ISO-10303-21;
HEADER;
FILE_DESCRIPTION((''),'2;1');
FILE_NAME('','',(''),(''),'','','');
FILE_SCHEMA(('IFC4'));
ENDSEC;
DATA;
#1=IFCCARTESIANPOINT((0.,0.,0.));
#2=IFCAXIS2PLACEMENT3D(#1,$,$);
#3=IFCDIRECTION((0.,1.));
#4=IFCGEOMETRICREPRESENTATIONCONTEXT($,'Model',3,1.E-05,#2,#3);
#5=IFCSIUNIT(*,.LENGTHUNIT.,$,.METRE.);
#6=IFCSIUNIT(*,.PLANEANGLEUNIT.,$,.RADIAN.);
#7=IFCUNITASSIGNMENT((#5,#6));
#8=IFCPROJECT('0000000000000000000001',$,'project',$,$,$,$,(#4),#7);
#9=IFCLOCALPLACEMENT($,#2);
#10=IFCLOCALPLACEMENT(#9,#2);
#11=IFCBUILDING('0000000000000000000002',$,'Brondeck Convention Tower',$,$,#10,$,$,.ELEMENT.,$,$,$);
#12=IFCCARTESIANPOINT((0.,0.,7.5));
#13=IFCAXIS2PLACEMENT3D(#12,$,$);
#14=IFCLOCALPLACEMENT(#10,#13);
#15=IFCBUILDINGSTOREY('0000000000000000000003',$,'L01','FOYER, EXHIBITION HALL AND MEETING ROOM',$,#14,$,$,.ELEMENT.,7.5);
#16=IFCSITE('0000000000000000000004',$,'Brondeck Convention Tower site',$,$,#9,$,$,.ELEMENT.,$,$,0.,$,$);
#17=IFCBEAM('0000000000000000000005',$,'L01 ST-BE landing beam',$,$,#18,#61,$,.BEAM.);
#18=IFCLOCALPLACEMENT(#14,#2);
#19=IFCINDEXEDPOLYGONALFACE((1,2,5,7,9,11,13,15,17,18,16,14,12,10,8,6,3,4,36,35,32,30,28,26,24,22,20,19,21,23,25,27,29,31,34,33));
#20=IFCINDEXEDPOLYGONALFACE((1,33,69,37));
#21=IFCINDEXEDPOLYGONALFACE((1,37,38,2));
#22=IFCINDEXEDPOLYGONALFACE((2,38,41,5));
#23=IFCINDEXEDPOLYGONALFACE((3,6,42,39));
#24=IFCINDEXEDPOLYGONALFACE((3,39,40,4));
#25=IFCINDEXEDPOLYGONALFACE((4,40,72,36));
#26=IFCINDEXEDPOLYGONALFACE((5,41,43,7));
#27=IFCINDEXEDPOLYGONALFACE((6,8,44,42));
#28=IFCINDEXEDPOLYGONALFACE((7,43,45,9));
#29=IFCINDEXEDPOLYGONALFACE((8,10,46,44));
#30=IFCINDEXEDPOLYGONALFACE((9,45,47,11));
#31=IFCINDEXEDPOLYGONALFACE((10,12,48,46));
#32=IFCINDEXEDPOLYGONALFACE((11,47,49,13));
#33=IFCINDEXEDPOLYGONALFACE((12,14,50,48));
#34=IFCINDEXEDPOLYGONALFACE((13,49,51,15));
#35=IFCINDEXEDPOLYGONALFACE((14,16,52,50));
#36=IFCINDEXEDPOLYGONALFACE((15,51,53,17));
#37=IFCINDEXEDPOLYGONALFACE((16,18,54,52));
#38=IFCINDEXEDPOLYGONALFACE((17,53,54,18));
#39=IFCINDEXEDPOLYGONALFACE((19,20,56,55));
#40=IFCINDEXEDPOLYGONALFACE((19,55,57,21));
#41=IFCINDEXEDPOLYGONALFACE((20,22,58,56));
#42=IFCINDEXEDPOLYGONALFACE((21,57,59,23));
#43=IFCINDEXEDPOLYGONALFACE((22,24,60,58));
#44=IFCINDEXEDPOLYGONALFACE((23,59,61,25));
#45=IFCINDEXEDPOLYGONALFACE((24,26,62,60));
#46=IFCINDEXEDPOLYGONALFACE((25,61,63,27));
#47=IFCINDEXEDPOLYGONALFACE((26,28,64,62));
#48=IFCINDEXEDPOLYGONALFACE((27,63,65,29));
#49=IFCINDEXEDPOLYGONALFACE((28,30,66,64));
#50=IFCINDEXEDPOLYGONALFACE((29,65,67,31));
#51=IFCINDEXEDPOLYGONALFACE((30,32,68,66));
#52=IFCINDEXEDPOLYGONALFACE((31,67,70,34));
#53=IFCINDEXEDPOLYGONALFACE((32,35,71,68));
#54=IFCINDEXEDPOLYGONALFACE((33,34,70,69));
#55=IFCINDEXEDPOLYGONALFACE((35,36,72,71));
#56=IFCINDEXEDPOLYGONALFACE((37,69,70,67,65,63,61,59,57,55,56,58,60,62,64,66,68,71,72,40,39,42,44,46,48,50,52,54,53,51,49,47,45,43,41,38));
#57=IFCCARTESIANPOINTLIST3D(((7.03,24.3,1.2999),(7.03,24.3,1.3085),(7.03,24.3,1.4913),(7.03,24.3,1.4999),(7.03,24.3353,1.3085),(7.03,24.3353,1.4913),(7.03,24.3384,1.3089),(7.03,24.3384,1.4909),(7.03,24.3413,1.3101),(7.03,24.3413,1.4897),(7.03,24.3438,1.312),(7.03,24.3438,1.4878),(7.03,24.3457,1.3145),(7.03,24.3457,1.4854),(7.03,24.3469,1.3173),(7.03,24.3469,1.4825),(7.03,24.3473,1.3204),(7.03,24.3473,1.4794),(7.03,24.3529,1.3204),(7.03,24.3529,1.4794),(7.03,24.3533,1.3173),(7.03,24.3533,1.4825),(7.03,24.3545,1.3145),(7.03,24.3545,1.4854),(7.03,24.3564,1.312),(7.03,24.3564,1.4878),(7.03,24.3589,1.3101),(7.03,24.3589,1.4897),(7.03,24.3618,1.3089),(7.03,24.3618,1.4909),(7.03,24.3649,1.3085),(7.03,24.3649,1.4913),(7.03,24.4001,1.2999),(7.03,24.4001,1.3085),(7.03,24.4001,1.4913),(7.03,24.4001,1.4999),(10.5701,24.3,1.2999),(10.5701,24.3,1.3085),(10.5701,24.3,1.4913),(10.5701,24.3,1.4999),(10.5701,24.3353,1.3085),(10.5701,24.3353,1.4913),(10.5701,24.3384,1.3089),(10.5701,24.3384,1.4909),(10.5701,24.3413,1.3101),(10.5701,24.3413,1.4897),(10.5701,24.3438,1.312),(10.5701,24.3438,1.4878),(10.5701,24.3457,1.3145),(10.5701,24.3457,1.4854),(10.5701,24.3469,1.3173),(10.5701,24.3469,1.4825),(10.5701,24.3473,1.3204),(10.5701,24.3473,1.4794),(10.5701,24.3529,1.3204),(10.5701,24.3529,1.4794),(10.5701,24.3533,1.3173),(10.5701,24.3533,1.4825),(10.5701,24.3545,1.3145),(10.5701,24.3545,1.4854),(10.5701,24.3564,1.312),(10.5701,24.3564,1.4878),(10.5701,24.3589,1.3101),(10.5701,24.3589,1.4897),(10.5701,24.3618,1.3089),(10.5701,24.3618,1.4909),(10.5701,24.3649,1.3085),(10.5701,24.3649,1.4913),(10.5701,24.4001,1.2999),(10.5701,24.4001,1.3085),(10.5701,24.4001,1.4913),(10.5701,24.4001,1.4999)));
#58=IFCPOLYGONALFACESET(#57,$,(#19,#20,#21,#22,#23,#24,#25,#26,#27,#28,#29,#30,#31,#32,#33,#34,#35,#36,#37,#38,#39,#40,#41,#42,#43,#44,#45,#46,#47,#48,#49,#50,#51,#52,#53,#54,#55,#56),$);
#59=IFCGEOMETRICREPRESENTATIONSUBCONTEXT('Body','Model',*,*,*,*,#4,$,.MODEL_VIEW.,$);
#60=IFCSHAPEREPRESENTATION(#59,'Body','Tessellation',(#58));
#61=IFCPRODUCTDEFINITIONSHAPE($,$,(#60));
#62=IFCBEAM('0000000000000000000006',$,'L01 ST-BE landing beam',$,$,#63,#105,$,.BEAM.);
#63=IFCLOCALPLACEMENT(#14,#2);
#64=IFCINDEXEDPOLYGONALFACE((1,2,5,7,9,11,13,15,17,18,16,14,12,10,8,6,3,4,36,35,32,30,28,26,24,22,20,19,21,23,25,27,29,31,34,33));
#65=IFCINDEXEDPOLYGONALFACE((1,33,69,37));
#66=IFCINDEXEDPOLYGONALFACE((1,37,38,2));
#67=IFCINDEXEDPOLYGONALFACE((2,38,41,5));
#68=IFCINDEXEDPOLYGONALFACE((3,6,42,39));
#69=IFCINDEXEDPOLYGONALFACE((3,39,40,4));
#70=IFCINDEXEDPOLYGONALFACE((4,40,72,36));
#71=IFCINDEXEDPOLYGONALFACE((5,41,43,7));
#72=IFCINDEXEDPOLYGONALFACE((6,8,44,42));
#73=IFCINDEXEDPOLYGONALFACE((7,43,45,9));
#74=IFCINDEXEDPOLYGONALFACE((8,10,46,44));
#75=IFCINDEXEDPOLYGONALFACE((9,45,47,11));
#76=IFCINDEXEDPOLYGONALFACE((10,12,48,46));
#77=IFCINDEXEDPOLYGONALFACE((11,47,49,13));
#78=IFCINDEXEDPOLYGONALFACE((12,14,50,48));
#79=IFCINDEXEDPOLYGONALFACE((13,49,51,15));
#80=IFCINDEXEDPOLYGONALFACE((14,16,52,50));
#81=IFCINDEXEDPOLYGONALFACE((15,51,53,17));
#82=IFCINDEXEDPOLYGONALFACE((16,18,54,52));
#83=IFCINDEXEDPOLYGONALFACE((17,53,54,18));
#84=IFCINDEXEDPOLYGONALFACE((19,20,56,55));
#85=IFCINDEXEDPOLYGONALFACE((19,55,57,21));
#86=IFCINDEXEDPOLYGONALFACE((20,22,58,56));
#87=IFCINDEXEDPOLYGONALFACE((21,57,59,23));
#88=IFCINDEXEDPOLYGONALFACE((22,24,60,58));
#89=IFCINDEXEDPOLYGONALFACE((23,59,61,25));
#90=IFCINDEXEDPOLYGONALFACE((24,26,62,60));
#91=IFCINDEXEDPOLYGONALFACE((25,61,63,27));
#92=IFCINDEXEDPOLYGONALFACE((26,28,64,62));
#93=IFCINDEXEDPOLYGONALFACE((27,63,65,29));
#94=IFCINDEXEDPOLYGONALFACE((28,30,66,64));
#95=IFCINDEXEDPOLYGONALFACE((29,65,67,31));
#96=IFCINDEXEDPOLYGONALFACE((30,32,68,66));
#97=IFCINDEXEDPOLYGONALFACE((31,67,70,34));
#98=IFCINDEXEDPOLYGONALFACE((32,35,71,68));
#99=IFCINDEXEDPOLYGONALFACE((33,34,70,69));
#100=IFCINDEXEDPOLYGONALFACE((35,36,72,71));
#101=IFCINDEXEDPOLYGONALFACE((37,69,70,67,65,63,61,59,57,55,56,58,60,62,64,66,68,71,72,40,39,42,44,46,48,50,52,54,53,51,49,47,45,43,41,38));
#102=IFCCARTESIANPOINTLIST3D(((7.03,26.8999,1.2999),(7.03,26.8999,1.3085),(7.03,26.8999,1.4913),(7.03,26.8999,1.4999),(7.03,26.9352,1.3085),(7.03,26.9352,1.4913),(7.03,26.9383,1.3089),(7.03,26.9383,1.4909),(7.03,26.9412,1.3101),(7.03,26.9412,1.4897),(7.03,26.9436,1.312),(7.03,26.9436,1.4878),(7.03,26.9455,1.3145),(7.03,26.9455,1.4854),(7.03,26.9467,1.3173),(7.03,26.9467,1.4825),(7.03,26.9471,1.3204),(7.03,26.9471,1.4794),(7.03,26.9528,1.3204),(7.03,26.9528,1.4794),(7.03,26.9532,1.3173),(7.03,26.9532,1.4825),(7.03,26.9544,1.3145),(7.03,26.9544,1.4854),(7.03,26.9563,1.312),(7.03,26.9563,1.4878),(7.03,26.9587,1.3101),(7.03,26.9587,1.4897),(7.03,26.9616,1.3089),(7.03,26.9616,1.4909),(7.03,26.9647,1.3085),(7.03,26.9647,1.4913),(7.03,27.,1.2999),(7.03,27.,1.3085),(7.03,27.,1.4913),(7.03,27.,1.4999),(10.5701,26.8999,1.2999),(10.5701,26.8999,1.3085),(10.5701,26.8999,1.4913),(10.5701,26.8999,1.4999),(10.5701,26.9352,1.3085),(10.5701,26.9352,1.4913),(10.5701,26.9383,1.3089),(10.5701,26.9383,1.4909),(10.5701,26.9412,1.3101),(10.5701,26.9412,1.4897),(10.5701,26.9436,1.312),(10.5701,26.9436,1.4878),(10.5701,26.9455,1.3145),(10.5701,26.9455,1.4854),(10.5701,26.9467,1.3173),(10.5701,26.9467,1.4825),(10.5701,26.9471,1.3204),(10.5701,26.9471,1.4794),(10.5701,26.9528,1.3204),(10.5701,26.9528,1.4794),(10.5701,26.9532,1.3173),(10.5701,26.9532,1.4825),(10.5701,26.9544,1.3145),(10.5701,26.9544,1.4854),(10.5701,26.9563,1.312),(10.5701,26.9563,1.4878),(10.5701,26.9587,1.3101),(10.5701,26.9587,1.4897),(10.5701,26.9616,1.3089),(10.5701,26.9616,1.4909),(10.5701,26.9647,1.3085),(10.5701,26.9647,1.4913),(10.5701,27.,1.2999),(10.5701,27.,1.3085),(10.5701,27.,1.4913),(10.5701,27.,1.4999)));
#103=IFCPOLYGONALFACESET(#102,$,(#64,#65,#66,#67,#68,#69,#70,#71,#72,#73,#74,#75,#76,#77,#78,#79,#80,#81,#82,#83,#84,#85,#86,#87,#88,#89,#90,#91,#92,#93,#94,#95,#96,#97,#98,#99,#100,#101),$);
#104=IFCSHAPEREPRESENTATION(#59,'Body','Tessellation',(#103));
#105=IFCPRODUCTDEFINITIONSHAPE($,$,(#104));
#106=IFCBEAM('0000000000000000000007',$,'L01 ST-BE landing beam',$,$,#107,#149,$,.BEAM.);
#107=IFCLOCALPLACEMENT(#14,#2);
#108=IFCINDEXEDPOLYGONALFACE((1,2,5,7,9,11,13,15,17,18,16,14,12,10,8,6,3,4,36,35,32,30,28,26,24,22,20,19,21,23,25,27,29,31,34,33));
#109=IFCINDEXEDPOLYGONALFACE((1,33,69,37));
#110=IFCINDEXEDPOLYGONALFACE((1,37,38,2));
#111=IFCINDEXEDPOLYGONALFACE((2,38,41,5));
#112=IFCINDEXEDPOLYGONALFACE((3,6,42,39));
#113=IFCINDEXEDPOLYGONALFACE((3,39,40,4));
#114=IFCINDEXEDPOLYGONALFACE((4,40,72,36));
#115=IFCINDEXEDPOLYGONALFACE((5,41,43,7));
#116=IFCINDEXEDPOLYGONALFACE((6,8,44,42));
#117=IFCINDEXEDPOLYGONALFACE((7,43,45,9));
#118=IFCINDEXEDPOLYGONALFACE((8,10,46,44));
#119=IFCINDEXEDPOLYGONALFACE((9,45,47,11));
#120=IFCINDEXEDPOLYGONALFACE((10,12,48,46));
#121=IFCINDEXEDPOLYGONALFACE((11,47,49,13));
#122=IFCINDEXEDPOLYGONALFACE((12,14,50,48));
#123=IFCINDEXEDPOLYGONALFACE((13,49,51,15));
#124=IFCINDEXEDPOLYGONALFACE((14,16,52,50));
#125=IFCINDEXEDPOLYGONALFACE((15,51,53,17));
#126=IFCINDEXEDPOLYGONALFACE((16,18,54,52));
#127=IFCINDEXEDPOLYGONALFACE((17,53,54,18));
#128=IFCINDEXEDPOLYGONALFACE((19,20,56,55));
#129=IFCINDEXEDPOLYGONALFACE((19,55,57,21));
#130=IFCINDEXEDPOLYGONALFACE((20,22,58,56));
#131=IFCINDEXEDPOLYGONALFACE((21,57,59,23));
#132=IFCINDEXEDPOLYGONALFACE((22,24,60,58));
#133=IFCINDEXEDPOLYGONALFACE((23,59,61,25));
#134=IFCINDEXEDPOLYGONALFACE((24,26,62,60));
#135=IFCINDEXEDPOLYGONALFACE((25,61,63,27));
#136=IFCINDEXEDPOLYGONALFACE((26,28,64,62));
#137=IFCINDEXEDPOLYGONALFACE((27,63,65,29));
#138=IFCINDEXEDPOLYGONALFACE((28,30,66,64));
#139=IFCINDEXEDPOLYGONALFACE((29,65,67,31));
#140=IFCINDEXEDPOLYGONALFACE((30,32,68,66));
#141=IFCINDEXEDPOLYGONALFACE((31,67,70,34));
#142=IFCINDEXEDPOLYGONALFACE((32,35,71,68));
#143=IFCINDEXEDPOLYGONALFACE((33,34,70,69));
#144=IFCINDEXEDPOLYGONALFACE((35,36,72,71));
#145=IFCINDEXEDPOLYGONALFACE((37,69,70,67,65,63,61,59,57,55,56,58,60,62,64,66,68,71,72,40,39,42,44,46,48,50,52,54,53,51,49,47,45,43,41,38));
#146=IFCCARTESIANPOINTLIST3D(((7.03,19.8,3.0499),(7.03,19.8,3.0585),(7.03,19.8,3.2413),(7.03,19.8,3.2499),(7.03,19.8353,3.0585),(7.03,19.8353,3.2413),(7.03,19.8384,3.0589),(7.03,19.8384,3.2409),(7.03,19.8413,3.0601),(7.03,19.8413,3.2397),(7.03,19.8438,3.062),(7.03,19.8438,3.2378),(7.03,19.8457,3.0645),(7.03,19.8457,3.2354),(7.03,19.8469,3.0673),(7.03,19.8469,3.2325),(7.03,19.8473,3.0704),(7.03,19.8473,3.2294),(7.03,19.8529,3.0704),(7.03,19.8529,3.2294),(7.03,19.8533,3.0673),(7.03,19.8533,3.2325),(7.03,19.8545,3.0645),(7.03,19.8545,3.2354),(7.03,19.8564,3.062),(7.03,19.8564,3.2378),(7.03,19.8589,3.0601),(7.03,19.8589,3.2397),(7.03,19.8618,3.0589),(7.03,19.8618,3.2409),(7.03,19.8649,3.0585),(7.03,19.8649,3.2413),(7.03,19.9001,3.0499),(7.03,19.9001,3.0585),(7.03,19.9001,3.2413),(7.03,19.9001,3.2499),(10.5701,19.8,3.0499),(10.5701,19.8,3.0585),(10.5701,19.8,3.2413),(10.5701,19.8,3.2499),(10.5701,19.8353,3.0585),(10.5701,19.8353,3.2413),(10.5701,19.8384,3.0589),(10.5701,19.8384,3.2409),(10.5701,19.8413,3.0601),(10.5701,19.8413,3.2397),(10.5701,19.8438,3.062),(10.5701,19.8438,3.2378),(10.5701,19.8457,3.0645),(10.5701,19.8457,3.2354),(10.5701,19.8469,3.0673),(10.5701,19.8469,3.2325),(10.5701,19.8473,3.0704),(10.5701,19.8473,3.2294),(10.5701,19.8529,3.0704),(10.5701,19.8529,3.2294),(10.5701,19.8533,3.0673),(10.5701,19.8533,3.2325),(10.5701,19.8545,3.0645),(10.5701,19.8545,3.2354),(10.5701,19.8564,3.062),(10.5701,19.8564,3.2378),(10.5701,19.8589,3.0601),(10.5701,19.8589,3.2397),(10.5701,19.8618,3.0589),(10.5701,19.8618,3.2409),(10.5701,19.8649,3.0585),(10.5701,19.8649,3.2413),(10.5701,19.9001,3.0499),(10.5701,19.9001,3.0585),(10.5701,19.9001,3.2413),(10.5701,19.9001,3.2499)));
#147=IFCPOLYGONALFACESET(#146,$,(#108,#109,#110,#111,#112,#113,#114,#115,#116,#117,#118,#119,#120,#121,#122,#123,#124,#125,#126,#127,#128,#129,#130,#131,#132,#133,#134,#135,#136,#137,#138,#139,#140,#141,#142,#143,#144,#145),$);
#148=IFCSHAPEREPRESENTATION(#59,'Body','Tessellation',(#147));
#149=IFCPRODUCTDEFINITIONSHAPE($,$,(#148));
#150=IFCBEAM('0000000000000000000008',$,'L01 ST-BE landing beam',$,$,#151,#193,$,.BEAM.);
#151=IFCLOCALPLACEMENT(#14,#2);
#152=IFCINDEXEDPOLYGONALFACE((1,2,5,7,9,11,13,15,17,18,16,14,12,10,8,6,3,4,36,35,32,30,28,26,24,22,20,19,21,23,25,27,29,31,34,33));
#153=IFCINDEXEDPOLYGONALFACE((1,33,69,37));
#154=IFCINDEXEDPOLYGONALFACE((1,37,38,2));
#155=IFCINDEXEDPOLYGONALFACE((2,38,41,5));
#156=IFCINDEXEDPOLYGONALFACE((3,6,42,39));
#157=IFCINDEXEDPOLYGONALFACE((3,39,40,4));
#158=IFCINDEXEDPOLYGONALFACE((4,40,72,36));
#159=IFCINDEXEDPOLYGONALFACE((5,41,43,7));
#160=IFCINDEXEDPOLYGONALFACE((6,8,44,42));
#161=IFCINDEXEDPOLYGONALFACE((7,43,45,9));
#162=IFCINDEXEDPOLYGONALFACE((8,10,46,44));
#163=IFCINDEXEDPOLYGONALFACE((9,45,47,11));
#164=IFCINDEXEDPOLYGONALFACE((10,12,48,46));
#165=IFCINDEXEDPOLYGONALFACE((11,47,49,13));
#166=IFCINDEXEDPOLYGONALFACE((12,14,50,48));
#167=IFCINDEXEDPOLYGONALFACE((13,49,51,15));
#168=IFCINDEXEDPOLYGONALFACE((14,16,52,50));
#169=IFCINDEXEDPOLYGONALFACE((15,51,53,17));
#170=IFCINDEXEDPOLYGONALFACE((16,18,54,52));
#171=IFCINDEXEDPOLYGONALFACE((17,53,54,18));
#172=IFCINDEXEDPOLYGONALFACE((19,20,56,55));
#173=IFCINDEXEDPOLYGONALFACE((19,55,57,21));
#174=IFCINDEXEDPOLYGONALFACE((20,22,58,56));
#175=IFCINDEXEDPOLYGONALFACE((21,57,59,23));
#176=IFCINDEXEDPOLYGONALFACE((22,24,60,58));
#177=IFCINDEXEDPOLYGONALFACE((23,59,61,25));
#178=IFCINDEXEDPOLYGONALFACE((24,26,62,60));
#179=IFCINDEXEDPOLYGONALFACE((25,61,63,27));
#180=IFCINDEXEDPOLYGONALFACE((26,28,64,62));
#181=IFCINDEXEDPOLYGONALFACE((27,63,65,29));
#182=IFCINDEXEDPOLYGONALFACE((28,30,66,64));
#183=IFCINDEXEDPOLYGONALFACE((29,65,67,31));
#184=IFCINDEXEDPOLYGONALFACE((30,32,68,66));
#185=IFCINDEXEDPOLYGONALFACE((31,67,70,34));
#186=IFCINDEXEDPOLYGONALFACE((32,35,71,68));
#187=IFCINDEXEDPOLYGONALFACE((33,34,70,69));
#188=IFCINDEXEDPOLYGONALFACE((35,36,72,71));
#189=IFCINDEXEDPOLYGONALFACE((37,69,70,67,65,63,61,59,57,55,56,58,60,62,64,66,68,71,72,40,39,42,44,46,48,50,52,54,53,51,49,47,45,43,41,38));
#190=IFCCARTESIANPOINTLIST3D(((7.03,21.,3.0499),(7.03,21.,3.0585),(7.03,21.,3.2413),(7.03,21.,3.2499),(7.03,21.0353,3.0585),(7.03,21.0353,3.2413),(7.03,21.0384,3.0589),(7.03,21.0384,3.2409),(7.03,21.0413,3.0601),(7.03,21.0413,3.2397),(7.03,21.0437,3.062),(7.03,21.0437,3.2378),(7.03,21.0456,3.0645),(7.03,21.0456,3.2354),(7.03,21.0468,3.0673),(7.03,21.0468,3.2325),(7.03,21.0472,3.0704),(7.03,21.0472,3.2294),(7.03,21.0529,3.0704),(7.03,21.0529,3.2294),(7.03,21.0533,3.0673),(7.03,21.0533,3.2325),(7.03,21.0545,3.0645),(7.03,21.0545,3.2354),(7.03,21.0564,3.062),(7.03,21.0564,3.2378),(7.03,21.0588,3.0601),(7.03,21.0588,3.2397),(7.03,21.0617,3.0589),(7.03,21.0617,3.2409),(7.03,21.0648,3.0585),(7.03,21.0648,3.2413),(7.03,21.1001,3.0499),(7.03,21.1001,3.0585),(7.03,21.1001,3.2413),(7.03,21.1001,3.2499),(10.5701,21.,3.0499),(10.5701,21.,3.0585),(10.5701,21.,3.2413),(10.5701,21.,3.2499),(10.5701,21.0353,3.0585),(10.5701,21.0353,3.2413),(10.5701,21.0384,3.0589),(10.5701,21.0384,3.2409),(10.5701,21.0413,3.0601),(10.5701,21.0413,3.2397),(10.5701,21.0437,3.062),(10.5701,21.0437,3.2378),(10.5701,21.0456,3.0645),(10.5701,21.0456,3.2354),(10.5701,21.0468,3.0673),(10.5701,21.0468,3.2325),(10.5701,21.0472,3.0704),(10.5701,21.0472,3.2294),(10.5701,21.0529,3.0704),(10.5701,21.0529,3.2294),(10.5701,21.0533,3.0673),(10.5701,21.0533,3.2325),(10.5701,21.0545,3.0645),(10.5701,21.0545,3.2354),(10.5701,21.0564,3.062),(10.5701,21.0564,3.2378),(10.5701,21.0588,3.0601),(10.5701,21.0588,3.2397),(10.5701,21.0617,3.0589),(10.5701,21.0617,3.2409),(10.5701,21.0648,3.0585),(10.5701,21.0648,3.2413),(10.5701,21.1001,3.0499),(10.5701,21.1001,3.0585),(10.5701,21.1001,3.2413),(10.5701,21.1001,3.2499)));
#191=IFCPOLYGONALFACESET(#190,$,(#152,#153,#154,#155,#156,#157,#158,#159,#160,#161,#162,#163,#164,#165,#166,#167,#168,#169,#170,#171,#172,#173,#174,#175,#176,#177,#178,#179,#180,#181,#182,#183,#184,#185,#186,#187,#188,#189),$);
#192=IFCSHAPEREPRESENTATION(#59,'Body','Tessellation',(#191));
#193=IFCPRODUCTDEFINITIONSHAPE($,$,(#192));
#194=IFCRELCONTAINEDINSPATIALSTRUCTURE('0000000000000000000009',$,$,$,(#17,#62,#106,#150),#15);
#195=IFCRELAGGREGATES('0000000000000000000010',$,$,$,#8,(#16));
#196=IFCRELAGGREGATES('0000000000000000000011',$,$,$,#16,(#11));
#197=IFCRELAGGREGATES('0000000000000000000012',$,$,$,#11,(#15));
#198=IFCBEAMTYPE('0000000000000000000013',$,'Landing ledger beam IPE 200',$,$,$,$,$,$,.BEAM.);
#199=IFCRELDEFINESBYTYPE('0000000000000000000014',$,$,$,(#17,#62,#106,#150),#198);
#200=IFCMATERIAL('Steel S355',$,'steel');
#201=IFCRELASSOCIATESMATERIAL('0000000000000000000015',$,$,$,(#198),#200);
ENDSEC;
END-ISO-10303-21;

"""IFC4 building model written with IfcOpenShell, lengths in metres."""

from ifc_helpers import new_model, si_unit, direction, frame, origin, origin_2d, place, context, subcontext, project, spatial, i_section, extrude, material, material_profile, profile_set, type_object, element, save


model = new_model("IFC4")

# Units and contexts
model_context = context("Model", 3, precision=1e-05, world=origin(), true_north=direction((0.0, 1.0)))
body_context = subcontext(model_context, "Body", "Model", "MODEL_VIEW")
ifc_project = project(units=[si_unit("LENGTHUNIT", "METRE"), si_unit("PLANEANGLEUNIT", "RADIAN")], contexts=[model_context])

# Site, building, storey
site_placement = place(None, origin())
site = spatial("IfcSite", under=ifc_project, at=site_placement, Name="Brondeck Convention Tower site", CompositionType="ELEMENT", RefElevation=0.0)
building_placement = place(site_placement, origin())
building = spatial("IfcBuilding", under=site, at=building_placement, Name="Brondeck Convention Tower", CompositionType="ELEMENT")
storey_placement = place(building_placement, frame((0.0, 0.0, 7.5)))
storey = spatial("IfcBuildingStorey", under=building, at=storey_placement, Name="L01", Description="FOYER, EXHIBITION HALL AND MEETING ROOM", CompositionType="ELEMENT", Elevation=7.5)

# Beams
ifc_material_1 = material(Name="Steel S355", Category="steel")
ifc_material_profile_1 = material_profile(ifc_material_1, i_section(OverallWidth=0.1001, OverallDepth=0.2, WebThickness=0.0056, FlangeThickness=0.0085, FilletRadius=0.012, at=origin_2d()), Name="IPE200")
ifc_profile_set_1 = profile_set([ifc_material_profile_1], Name="Steel S355")
beam_type_1 = type_object("IfcBeamType", Name="Landing ledger beam IPE 200", PredefinedType="BEAM", material=ifc_profile_set_1)
for number, where, z_axis, x_axis, name in (
    (1, (10.5701, 24.3501, 1.3999), (-1.0, 0.0, 0.0), (0.0, -1.0, 0.0), "L01 ST-BE landing beam"),
    (2, (10.5701, 26.95, 1.3999), (-1.0, 0.0, 0.0), (0.0, -1.0, 0.0), "L01 ST-BE landing beam"),
    (3, (10.5701, 19.8501, 3.1499), (-1.0, 0.0, 0.0), (0.0, -1.0, 0.0), "L01 ST-BE landing beam"),
    (4, (10.5701, 21.05, 3.1499), (-1.0, 0.0, 0.0), (0.0, -1.0, 0.0), "L01 ST-BE landing beam"),
):
    element("IfcBeam", number, at=place(storey_placement, frame(where, z_axis=z_axis, x_axis=x_axis)), inside=storey, type_object=beam_type_1, Name=name, PredefinedType="BEAM", context=body_context, shape_type="SweptSolid", body=[
        extrude(i_section(OverallWidth=0.1001, OverallDepth=0.2, WebThickness=0.0056, FlangeThickness=0.0085, FilletRadius=0.012, at=origin_2d()), origin(), (0.0, 0.0, 1.0), 3.54),
    ])

save(model, "model.ifc")
